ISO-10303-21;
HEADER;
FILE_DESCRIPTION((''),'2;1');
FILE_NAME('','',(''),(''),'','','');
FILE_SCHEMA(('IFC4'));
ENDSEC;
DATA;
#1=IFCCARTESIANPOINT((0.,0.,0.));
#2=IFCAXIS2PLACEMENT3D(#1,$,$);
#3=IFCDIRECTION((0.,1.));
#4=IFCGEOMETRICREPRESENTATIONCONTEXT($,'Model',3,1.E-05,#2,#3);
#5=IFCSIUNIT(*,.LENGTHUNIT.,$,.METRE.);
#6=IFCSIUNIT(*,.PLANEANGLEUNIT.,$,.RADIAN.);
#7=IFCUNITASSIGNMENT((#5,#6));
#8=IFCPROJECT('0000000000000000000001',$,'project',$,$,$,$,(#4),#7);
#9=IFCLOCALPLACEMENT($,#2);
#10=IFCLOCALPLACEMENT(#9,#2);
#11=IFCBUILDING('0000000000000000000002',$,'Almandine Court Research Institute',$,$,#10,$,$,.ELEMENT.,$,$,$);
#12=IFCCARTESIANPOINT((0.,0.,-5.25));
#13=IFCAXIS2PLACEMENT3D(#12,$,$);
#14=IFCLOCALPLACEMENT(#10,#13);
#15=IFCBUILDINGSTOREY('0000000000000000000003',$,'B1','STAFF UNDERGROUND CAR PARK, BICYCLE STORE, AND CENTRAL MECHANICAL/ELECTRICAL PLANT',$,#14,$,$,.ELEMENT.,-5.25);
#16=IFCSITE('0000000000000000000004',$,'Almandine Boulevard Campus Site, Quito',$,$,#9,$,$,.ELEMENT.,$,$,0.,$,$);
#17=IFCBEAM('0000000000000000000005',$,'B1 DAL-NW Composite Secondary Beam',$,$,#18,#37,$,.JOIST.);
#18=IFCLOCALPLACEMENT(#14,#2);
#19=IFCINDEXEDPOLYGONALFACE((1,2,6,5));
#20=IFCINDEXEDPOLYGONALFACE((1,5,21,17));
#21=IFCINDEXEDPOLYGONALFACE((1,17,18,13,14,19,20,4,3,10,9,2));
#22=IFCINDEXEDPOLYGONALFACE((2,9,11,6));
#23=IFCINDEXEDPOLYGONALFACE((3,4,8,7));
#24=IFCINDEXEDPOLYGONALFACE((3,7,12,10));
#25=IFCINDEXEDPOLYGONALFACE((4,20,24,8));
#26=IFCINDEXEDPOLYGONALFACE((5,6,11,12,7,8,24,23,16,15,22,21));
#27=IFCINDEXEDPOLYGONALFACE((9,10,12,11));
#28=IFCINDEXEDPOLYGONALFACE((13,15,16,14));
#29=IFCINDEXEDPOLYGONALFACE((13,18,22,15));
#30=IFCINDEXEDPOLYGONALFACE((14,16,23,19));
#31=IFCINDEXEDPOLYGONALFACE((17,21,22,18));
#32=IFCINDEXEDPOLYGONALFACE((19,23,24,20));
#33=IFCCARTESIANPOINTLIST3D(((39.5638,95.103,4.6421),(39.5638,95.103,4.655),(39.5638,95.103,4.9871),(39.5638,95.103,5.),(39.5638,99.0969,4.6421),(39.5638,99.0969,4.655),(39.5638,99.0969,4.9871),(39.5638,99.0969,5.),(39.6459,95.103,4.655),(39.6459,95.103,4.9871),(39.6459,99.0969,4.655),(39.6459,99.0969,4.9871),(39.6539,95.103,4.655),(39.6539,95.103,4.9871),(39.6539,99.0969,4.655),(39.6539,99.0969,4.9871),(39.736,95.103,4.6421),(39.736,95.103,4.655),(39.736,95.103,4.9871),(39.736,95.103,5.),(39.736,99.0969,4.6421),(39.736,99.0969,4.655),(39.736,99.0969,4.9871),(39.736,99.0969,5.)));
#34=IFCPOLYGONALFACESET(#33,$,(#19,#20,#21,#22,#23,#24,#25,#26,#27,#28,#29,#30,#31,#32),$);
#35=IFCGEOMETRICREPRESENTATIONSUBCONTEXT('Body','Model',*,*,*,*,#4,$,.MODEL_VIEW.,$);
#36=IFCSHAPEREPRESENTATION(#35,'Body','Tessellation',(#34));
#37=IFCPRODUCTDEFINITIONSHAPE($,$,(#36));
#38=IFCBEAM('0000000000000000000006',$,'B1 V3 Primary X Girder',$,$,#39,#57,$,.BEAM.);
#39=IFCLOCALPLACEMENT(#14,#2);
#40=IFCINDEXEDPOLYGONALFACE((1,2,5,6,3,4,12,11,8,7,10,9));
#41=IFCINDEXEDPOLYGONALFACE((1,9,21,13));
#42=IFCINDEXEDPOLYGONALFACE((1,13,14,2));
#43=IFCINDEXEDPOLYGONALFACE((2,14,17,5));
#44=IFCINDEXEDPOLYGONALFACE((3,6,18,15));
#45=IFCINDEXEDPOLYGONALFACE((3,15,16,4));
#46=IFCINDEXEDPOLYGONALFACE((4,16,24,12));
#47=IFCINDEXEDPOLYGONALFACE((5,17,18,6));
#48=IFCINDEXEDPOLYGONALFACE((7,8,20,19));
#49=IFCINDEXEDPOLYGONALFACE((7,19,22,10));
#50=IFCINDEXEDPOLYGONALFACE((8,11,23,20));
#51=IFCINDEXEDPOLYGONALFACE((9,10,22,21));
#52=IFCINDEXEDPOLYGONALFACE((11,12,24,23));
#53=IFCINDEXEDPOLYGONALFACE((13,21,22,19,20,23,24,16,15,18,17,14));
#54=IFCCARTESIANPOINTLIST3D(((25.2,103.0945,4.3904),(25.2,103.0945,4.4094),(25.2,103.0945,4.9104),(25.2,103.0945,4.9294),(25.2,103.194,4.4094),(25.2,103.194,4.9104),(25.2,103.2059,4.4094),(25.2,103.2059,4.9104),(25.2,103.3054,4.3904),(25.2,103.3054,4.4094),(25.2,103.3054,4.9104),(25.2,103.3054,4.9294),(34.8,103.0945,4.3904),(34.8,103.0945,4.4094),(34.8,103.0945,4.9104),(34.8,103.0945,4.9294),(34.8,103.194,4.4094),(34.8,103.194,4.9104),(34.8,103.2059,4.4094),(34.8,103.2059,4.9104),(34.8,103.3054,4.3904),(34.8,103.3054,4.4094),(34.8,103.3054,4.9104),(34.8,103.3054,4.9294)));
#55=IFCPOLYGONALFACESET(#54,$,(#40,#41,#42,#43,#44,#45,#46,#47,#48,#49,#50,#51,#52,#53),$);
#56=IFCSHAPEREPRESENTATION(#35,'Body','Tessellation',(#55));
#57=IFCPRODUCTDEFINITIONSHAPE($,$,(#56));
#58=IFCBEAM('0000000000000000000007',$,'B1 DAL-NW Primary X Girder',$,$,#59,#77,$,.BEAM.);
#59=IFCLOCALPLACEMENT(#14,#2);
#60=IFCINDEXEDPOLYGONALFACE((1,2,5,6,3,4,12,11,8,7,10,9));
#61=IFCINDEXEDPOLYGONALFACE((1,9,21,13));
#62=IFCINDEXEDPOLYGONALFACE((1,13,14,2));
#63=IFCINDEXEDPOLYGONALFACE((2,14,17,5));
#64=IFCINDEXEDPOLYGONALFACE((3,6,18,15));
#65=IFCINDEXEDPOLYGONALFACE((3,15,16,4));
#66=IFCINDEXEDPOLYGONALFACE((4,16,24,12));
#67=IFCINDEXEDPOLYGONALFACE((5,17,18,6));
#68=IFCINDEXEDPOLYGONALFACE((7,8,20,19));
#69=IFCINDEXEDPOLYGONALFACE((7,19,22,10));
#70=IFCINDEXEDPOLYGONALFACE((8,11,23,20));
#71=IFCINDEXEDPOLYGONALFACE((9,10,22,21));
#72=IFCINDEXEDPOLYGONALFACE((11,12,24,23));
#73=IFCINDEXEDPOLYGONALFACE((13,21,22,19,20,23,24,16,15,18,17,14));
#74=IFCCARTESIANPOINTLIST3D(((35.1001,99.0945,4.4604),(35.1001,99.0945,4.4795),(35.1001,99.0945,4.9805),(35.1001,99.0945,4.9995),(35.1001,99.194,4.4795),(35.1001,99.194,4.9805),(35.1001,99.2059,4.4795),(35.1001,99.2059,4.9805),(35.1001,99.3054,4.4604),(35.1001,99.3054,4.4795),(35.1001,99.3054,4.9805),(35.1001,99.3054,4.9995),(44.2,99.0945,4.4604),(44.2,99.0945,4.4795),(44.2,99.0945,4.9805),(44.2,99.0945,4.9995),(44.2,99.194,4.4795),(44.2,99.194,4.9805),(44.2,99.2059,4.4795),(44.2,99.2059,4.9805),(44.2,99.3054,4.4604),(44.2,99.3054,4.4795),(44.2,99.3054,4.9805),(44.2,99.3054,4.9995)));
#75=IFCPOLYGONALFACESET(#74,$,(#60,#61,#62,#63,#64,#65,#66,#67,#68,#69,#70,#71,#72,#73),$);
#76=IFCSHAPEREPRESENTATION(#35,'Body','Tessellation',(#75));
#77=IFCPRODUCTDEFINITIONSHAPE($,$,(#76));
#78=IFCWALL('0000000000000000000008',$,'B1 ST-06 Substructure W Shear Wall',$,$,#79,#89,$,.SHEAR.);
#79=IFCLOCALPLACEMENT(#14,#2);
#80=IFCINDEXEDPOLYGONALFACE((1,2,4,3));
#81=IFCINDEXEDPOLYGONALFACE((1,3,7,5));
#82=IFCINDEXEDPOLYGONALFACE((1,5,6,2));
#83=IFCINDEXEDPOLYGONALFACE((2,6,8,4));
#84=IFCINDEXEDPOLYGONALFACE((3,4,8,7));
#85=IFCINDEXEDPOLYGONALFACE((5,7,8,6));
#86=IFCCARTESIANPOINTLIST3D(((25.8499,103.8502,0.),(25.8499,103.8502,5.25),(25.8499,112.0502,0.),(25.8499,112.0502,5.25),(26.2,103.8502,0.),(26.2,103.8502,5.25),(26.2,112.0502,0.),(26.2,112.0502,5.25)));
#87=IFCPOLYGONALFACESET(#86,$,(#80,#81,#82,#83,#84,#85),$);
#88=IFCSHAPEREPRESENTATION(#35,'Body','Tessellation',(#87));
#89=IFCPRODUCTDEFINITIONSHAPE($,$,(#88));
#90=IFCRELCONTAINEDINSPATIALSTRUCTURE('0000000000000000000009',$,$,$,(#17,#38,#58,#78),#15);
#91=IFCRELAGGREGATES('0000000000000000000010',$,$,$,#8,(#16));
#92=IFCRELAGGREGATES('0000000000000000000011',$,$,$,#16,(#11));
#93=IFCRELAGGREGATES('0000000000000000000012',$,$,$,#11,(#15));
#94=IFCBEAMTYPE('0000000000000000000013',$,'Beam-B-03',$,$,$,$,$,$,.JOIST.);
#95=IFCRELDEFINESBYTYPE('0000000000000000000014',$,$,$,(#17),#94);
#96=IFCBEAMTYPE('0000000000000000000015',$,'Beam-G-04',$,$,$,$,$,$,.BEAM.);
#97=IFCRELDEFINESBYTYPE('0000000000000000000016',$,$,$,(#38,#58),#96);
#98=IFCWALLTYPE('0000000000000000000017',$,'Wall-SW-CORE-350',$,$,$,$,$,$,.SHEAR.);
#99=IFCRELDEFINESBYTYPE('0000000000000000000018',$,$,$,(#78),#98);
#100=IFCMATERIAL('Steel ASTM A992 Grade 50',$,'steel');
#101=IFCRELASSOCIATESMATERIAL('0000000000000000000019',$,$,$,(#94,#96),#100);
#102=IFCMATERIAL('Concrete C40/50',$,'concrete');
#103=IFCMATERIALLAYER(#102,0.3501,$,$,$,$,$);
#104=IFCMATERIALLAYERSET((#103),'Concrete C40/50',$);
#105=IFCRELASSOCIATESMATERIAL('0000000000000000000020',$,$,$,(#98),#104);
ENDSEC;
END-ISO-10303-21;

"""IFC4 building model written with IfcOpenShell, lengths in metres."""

from ifc_helpers import new_model, si_unit, direction, frame, frame_2d, origin, origin_2d, place, context, subcontext, project, spatial, rectangle, i_section, extrude, material, layer, layer_set, material_profile, profile_set, type_object, element, save


model = new_model("IFC4")

# Units and contexts
model_context = context("Model", 3, precision=1e-05, world=origin(), true_north=direction((0.0, 1.0)))
body_context = subcontext(model_context, "Body", "Model", "MODEL_VIEW")
ifc_project = project(units=[si_unit("LENGTHUNIT", "METRE"), si_unit("PLANEANGLEUNIT", "RADIAN")], contexts=[model_context])

# Site, building, storey
site_placement = place(None, origin())
site = spatial("IfcSite", under=ifc_project, at=site_placement, Name="Almandine Boulevard Campus Site, Quito", CompositionType="ELEMENT", RefElevation=0.0)
building_placement = place(site_placement, origin())
building = spatial("IfcBuilding", under=site, at=building_placement, Name="Almandine Court Research Institute", CompositionType="ELEMENT")
storey_placement = place(building_placement, frame((0.0, 0.0, -5.25)))
storey = spatial("IfcBuildingStorey", under=building, at=storey_placement, Name="B1", Description="STAFF UNDERGROUND CAR PARK, BICYCLE STORE, AND CENTRAL MECHANICAL/ELECTRICAL PLANT", CompositionType="ELEMENT", Elevation=-5.25)

# Shared definitions
ifc_material_1 = material(Name="Concrete C40/50", Category="concrete")

# Beams
ifc_material_2 = material(Name="Steel ASTM A992 Grade 50", Category="steel")
ifc_material_profile_1 = material_profile(ifc_material_2, i_section(OverallWidth=0.1721, OverallDepth=0.3579, WebThickness=0.0081, FlangeThickness=0.0129, at=origin_2d()), Name="W360x57")
ifc_profile_set_1 = profile_set([ifc_material_profile_1], Name="Steel ASTM A992 Grade 50")
beam_type_1 = type_object("IfcBeamType", Name="Beam-B-03", PredefinedType="JOIST", material=ifc_profile_set_1)
beam_1_placement = place(storey_placement, frame((39.6499, 95.103, 4.821), z_axis=(0.0, 1.0, 0.0), x_axis=(-1.0, 0.0, 0.0)))
element("IfcBeam", 1, at=beam_1_placement, inside=storey, type_object=beam_type_1, Name="B1 DAL-NW Composite Secondary Beam", PredefinedType="JOIST", context=body_context, shape_type="SweptSolid", body=[
    extrude(i_section(OverallWidth=0.1721, OverallDepth=0.3579, WebThickness=0.0081, FlangeThickness=0.0129, at=origin_2d()), origin(), (0.0, 0.0, 1.0), 3.9939),
])
ifc_material_profile_2 = material_profile(ifc_material_2, i_section(OverallWidth=0.2109, OverallDepth=0.5391, WebThickness=0.012, FlangeThickness=0.019, at=origin_2d()), Name="W530x109")
ifc_profile_set_2 = profile_set([ifc_material_profile_2], Name="Steel ASTM A992 Grade 50")
beam_type_2 = type_object("IfcBeamType", Name="Beam-G-04", PredefinedType="BEAM", material=ifc_profile_set_2)
beam_2_placement = place(storey_placement, frame((25.2, 103.2, 4.6599), z_axis=(1.0, 0.0, 0.0), x_axis=(0.0, 1.0, 0.0)))
element("IfcBeam", 2, at=beam_2_placement, inside=storey, type_object=beam_type_2, Name="B1 V3 Primary X Girder", PredefinedType="BEAM", context=body_context, shape_type="SweptSolid", body=[
    extrude(i_section(OverallWidth=0.2109, OverallDepth=0.5391, WebThickness=0.012, FlangeThickness=0.019, at=origin_2d()), origin(), (0.0, 0.0, 1.0), 9.6001),
])
beam_3_placement = place(storey_placement, frame((35.1001, 99.2, 4.73), z_axis=(1.0, 0.0, 0.0), x_axis=(0.0, 1.0, 0.0)))
element("IfcBeam", 3, at=beam_3_placement, inside=storey, type_object=beam_type_2, Name="B1 DAL-NW Primary X Girder", PredefinedType="BEAM", context=body_context, shape_type="SweptSolid", body=[
    extrude(i_section(OverallWidth=0.2109, OverallDepth=0.5391, WebThickness=0.012, FlangeThickness=0.019, at=origin_2d()), origin(), (0.0, 0.0, 1.0), 9.0999),
])

# Wall
ifc_layer = layer(ifc_material_1, 0.3501)
ifc_layer_set = layer_set([ifc_layer], Name="Concrete C40/50")
wall_type = type_object("IfcWallType", Name="Wall-SW-CORE-350", PredefinedType="SHEAR", material=ifc_layer_set)
wall_placement = place(storey_placement, frame((26.0249, 103.8501, 0.0), z_axis=(0.0, 0.0, 1.0), x_axis=(0.0, 1.0, 0.0)))
element("IfcWall", 4, at=wall_placement, inside=storey, type_object=wall_type, Name="B1 ST-06 Substructure W Shear Wall", PredefinedType="SHEAR", context=body_context, shape_type="SweptSolid", body=[
    extrude(rectangle(XDim=8.2, YDim=0.3501, at=frame_2d((4.1001, 0.0))), origin(), (0.0, 0.0, 1.0), 5.25),
])

save(model, "model.ifc")
